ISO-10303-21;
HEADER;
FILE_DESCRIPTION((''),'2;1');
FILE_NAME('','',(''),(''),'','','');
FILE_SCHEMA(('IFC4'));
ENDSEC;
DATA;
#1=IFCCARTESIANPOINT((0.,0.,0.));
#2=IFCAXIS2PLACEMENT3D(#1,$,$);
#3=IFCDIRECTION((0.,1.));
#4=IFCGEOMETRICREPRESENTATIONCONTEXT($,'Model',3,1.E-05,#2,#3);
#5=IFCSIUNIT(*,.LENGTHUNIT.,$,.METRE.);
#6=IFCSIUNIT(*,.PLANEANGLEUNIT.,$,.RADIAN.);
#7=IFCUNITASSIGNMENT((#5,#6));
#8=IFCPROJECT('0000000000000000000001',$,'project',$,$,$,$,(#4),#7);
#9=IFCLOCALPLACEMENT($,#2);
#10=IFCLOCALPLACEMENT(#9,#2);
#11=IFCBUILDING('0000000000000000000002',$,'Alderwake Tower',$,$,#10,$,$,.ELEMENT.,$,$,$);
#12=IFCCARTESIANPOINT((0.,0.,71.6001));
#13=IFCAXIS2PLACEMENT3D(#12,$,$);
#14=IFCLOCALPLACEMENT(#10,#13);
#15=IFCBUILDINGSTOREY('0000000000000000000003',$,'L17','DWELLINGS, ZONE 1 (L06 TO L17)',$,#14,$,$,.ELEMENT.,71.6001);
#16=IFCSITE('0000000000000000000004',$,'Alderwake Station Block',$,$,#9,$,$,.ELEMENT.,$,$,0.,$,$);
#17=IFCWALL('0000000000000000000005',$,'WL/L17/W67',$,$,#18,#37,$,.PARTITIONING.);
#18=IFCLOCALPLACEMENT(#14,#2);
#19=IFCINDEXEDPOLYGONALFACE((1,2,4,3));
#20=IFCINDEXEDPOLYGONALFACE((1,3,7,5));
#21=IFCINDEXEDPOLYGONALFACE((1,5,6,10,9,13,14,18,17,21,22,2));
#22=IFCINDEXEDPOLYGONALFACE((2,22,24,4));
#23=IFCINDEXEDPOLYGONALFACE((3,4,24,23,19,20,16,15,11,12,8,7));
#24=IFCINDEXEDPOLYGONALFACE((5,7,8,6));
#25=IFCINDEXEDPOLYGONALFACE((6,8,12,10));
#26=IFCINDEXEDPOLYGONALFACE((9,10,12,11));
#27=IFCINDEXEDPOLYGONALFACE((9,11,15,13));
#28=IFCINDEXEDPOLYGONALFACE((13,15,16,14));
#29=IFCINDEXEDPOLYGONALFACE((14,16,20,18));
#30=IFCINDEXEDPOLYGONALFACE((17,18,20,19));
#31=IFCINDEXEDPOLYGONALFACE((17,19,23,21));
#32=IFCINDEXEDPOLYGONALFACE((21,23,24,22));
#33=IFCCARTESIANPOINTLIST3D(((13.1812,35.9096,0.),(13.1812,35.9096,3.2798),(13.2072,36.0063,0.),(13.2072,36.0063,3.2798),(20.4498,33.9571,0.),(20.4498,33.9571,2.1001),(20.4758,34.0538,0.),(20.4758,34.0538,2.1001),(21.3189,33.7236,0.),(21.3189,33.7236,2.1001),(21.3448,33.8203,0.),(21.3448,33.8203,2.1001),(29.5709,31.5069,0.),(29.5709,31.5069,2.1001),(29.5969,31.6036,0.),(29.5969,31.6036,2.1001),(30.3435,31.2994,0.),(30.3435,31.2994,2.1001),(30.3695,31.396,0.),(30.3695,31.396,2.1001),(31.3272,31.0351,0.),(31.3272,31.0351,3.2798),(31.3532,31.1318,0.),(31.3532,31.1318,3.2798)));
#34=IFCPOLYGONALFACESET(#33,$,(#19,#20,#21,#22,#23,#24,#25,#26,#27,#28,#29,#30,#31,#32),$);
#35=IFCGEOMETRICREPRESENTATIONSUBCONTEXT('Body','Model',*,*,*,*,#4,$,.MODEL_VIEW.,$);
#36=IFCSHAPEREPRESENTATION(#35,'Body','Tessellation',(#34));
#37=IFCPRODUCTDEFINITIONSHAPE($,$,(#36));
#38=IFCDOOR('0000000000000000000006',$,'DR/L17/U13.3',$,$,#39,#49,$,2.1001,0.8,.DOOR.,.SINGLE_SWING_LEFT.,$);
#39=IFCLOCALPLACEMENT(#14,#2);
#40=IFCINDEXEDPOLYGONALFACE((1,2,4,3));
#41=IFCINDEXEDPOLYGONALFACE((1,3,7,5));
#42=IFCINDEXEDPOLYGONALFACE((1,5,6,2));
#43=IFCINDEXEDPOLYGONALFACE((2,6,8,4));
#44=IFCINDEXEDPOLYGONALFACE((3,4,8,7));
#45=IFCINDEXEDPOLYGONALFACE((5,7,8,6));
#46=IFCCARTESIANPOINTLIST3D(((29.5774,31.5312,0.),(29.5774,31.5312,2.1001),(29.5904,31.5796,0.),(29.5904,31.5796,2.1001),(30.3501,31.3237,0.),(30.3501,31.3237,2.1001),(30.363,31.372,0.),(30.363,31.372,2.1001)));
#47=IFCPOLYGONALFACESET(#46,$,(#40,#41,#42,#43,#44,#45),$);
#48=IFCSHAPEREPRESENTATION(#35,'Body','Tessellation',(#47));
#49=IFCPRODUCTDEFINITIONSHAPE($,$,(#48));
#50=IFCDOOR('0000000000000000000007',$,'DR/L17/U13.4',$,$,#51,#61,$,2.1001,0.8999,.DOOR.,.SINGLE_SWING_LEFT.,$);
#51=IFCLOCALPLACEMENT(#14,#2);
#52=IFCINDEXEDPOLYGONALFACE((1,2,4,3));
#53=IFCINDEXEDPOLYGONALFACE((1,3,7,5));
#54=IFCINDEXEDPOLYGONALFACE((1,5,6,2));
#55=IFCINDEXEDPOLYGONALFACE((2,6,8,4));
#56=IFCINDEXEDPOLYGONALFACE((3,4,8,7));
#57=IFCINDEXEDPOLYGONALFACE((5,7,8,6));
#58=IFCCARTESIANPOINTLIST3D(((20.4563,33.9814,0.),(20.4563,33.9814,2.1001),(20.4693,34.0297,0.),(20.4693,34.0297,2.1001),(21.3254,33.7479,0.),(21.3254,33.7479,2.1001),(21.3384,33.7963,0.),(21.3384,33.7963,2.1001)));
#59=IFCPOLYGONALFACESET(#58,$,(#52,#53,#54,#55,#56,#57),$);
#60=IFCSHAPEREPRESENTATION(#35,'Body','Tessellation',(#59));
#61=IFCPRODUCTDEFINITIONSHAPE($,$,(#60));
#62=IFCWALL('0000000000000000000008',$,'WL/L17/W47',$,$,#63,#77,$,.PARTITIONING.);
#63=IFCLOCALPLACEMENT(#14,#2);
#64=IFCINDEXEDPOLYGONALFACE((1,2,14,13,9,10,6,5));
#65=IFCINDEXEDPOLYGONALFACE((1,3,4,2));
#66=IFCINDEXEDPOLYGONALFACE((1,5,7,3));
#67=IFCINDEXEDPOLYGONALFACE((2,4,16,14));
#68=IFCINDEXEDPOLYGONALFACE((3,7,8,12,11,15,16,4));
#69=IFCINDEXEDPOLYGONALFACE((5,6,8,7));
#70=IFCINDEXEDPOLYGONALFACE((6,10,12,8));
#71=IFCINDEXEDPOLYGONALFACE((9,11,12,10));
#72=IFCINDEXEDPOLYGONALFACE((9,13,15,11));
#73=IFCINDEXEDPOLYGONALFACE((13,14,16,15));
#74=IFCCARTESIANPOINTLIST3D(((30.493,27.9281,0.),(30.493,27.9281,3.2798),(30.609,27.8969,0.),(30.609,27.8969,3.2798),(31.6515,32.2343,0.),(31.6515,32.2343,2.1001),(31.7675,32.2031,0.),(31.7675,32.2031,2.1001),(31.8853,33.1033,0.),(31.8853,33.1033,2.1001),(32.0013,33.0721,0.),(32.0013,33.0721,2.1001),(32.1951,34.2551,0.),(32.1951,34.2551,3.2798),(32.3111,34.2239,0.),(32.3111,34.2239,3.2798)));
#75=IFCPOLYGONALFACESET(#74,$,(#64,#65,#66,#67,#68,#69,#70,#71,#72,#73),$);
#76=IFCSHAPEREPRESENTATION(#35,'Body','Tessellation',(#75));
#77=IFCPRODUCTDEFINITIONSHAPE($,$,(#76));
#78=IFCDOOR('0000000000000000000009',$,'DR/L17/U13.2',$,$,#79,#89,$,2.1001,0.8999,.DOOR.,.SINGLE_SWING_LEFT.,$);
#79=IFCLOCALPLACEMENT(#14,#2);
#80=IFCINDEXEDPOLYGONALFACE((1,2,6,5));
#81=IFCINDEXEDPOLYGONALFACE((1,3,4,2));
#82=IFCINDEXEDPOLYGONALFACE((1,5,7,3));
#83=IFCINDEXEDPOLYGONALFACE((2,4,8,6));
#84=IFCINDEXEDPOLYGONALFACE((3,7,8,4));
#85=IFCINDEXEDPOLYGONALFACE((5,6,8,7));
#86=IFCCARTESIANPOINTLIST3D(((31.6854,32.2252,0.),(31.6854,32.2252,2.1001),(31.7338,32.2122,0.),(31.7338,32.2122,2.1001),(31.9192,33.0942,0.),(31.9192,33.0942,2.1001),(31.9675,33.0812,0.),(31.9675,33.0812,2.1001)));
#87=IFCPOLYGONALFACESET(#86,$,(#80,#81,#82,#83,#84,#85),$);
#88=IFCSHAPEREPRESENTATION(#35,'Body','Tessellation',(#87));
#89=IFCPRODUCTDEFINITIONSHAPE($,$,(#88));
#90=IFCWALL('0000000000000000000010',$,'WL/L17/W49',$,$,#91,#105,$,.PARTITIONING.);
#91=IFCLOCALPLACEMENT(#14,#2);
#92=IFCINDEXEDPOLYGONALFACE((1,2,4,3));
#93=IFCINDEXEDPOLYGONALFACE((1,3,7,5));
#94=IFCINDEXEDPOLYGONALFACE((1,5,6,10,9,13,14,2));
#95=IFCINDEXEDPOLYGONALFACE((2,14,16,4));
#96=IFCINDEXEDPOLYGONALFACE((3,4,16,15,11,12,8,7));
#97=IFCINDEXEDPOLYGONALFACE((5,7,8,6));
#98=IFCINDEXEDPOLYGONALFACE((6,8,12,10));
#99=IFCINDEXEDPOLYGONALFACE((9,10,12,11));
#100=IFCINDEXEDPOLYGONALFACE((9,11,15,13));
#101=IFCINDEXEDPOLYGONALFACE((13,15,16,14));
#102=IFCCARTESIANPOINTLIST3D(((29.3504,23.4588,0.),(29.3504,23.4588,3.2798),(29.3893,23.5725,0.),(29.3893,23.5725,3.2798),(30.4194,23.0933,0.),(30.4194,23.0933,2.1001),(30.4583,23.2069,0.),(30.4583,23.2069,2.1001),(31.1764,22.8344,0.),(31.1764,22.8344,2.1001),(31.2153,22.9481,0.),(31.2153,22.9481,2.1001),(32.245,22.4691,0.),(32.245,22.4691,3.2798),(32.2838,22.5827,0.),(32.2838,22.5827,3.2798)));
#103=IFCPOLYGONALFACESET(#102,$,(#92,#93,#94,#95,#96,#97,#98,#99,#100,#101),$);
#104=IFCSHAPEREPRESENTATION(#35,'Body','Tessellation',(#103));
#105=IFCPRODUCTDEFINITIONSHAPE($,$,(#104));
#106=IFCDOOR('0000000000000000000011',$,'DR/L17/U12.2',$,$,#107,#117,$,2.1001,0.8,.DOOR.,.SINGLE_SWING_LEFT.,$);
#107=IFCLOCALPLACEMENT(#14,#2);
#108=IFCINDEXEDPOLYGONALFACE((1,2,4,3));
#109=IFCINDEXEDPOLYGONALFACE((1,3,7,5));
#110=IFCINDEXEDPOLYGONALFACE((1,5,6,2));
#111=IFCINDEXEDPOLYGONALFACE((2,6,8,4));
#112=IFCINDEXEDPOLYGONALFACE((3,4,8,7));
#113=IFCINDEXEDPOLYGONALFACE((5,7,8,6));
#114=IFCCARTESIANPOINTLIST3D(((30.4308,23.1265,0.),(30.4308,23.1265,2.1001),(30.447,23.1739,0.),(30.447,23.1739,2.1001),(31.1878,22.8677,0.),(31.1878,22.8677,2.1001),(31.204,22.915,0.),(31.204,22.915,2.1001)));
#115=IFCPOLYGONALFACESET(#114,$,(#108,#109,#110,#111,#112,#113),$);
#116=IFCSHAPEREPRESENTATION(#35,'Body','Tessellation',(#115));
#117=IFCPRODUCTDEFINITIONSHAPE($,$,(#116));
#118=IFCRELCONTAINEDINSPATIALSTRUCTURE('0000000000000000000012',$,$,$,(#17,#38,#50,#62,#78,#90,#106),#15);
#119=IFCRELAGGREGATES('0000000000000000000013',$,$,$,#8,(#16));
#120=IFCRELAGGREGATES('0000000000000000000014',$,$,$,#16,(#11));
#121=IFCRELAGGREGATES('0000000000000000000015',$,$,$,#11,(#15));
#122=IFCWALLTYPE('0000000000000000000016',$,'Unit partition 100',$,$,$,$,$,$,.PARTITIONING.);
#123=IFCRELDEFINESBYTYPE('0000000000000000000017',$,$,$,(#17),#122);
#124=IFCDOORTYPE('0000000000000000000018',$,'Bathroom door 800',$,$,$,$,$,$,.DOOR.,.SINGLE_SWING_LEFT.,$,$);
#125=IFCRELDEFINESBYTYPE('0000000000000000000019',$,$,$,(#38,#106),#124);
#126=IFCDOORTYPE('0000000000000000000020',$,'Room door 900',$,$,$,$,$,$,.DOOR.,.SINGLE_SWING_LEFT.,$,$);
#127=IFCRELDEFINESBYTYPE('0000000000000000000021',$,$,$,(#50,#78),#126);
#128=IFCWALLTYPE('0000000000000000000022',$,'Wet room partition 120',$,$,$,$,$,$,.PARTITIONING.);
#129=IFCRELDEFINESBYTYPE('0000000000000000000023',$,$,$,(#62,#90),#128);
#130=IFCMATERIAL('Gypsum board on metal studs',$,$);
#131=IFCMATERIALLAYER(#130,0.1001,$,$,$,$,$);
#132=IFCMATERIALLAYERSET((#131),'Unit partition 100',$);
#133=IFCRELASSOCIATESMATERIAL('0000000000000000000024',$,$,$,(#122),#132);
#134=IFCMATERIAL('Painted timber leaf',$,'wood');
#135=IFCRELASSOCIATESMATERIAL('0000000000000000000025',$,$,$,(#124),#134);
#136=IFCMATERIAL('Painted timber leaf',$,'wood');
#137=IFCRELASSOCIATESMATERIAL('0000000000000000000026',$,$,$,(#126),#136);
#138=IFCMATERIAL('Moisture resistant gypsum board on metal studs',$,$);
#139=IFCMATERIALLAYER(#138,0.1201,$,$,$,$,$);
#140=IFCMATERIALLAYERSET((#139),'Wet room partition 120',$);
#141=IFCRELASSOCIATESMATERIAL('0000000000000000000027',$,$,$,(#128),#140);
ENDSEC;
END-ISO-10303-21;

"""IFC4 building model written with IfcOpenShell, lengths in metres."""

from ifc_helpers import new_model, si_unit, direction, frame, frame_2d, origin, place, context, subcontext, project, spatial, rectangle, extrude, material, layer, layer_set, type_object, element, fill, save


model = new_model("IFC4")

# Units and contexts
model_context = context("Model", 3, precision=1e-05, world=origin(), true_north=direction((0.0, 1.0)))
body_context = subcontext(model_context, "Body", "Model", "MODEL_VIEW")
ifc_project = project(units=[si_unit("LENGTHUNIT", "METRE"), si_unit("PLANEANGLEUNIT", "RADIAN")], contexts=[model_context])

# Site, building, storey
site_placement = place(None, origin())
site = spatial("IfcSite", under=ifc_project, at=site_placement, Name="Alderwake Station Block", CompositionType="ELEMENT", RefElevation=0.0)
building_placement = place(site_placement, origin())
building = spatial("IfcBuilding", under=site, at=building_placement, Name="Alderwake Tower", CompositionType="ELEMENT")
storey_placement = place(building_placement, frame((0.0, 0.0, 71.6001)))
storey = spatial("IfcBuildingStorey", under=building, at=storey_placement, Name="L17", Description="DWELLINGS, ZONE 1 (L06 TO L17)", CompositionType="ELEMENT", Elevation=71.6001)

# Wall, openings, doors
ifc_material_1 = material(Name="Gypsum board on metal studs")
ifc_layer_1 = layer(ifc_material_1, 0.1001)
ifc_layer_set_1 = layer_set([ifc_layer_1], Name="Unit partition 100")
wall_type_1 = type_object("IfcWallType", Name="Unit partition 100", PredefinedType="PARTITIONING", material=ifc_layer_set_1)
wall_1_placement = place(storey_placement, frame((31.3401, 31.0835, 0.0), z_axis=(0.0, 0.0, 1.0), x_axis=(-0.965762, 0.25943, 0.0)))
wall_1 = element("IfcWall", 1, at=wall_1_placement, inside=storey, type_object=wall_type_1, Name="WL/L17/W67", PredefinedType="PARTITIONING", context=body_context, shape_type="SweptSolid", body=[
    extrude(rectangle(XDim=18.7893, YDim=0.1001, at=frame_2d((9.3945, 0.0))), origin(), (0.0, 0.0, 1.0), 3.2798),
])
opening_1_placement = place(wall_1_placement, frame((1.0186, 0.0, 0.0)))
opening_1 = element("IfcOpeningElement", 2, at=opening_1_placement, cuts=wall_1, PredefinedType="OPENING", context=body_context, shape_type="SweptSolid", body=[
    extrude(rectangle(XDim=0.8, YDim=2.1001, at=frame_2d((0.3999, 1.05))), frame((0.0, 0.0601, 0.0), z_axis=(0.0, -1.0, 0.0), x_axis=(1.0, 0.0, 0.0)), (0.0, 0.0, 1.0), 0.1201),
])
opening_2_placement = place(wall_1_placement, frame((10.363, 0.0, 0.0)))
opening_2 = element("IfcOpeningElement", 3, at=opening_2_placement, cuts=wall_1, PredefinedType="OPENING", context=body_context, shape_type="SweptSolid", body=[
    extrude(rectangle(XDim=0.8999, YDim=2.1001, at=frame_2d((0.45, 1.05))), frame((0.0, 0.0601, 0.0), z_axis=(0.0, -1.0, 0.0), x_axis=(1.0, 0.0, 0.0)), (0.0, 0.0, 1.0), 0.1201),
])
ifc_material_2 = material(Name="Painted timber leaf", Category="wood")
door_type_1 = type_object("IfcDoorType", Name="Bathroom door 800", OperationType="SINGLE_SWING_LEFT", PredefinedType="DOOR", material=ifc_material_2)
door_1_placement = place(opening_1_placement, origin())
door_1 = element("IfcDoor", 4, at=door_1_placement, inside=storey, type_object=door_type_1, Name="DR/L17/U13.3", OperationType="SINGLE_SWING_LEFT", OverallHeight=2.1001, OverallWidth=0.8, PredefinedType="DOOR", context=body_context, shape_type="SweptSolid", body=[
    extrude(rectangle(XDim=0.8, YDim=2.1001, at=frame_2d((0.3999, 1.05))), frame((0.0, 0.0249, 0.0), z_axis=(0.0, -1.0, 0.0), x_axis=(1.0, 0.0, 0.0)), (0.0, 0.0, 1.0), 0.05),
])
fill(opening_1, door_1)
ifc_material_3 = material(Name="Painted timber leaf", Category="wood")
door_type_2 = type_object("IfcDoorType", Name="Room door 900", OperationType="SINGLE_SWING_LEFT", PredefinedType="DOOR", material=ifc_material_3)
door_2_placement = place(opening_2_placement, origin())
door_2 = element("IfcDoor", 5, at=door_2_placement, inside=storey, type_object=door_type_2, Name="DR/L17/U13.4", OperationType="SINGLE_SWING_LEFT", OverallHeight=2.1001, OverallWidth=0.8999, PredefinedType="DOOR", context=body_context, shape_type="SweptSolid", body=[
    extrude(rectangle(XDim=0.8999, YDim=2.1001, at=frame_2d((0.45, 1.05))), frame((0.0, 0.0249, 0.0), z_axis=(0.0, -1.0, 0.0), x_axis=(1.0, 0.0, 0.0)), (0.0, 0.0, 1.0), 0.05),
])
fill(opening_2, door_2)

# Walls, openings, doors
ifc_material_4 = material(Name="Moisture resistant gypsum board on metal studs")
ifc_layer_2 = layer(ifc_material_4, 0.1201)
ifc_layer_set_2 = layer_set([ifc_layer_2], Name="Wet room partition 120")
wall_type_2 = type_object("IfcWallType", Name="Wet room partition 120", PredefinedType="PARTITIONING", material=ifc_layer_set_2)
wall_2_placement = place(storey_placement, frame((30.551, 27.9126, 0.0), z_axis=(0.0, 0.0, 1.0), x_axis=(0.259786, 0.965666, 0.0)))
wall_2 = element("IfcWall", 6, at=wall_2_placement, inside=storey, type_object=wall_type_2, Name="WL/L17/W47", PredefinedType="PARTITIONING", context=body_context, shape_type="SweptSolid", body=[
    extrude(rectangle(XDim=6.552, YDim=0.1201, at=frame_2d((3.2759, 0.0))), origin(), (0.0, 0.0, 1.0), 3.2798),
])
opening_3_placement = place(wall_2_placement, frame((4.4592, 0.0, 0.0)))
opening_3 = element("IfcOpeningElement", 7, at=opening_3_placement, cuts=wall_2, PredefinedType="OPENING", context=body_context, shape_type="SweptSolid", body=[
    extrude(rectangle(XDim=0.8999, YDim=2.1001, at=frame_2d((0.45, 1.05))), frame((0.0, 0.0701, 0.0), z_axis=(0.0, -1.0, 0.0), x_axis=(1.0, 0.0, 0.0)), (0.0, 0.0, 1.0), 0.1401),
])
door_3_placement = place(opening_3_placement, origin())
door_3 = element("IfcDoor", 8, at=door_3_placement, inside=storey, type_object=door_type_2, Name="DR/L17/U13.2", OperationType="SINGLE_SWING_LEFT", OverallHeight=2.1001, OverallWidth=0.8999, PredefinedType="DOOR", context=body_context, shape_type="SweptSolid", body=[
    extrude(rectangle(XDim=0.8999, YDim=2.1001, at=frame_2d((0.45, 1.05))), frame((0.0, 0.0249, 0.0), z_axis=(0.0, -1.0, 0.0), x_axis=(1.0, 0.0, 0.0)), (0.0, 0.0, 1.0), 0.05),
])
fill(opening_3, door_3)
wall_3_placement = place(storey_placement, frame((32.2644, 22.5259, 0.0), z_axis=(0.0, 0.0, 1.0), x_axis=(-0.946213, 0.323545, 0.0)))
wall_3 = element("IfcWall", 9, at=wall_3_placement, inside=storey, type_object=wall_type_2, Name="WL/L17/W49", PredefinedType="PARTITIONING", context=body_context, shape_type="SweptSolid", body=[
    extrude(rectangle(XDim=3.0591, YDim=0.1201, at=frame_2d((1.5295, 0.0))), origin(), (0.0, 0.0, 1.0), 3.2798),
])
opening_4_placement = place(wall_3_placement, frame((1.1294, 0.0, 0.0)))
opening_4 = element("IfcOpeningElement", 10, at=opening_4_placement, cuts=wall_3, PredefinedType="OPENING", context=body_context, shape_type="SweptSolid", body=[
    extrude(rectangle(XDim=0.8, YDim=2.1001, at=frame_2d((0.3999, 1.05))), frame((0.0, 0.0701, 0.0), z_axis=(0.0, -1.0, 0.0), x_axis=(1.0, 0.0, 0.0)), (0.0, 0.0, 1.0), 0.1401),
])
door_4_placement = place(opening_4_placement, origin())
door_4 = element("IfcDoor", 11, at=door_4_placement, inside=storey, type_object=door_type_1, Name="DR/L17/U12.2", OperationType="SINGLE_SWING_LEFT", OverallHeight=2.1001, OverallWidth=0.8, PredefinedType="DOOR", context=body_context, shape_type="SweptSolid", body=[
    extrude(rectangle(XDim=0.8, YDim=2.1001, at=frame_2d((0.3999, 1.05))), frame((0.0, 0.0249, 0.0), z_axis=(0.0, -1.0, 0.0), x_axis=(1.0, 0.0, 0.0)), (0.0, 0.0, 1.0), 0.05),
])
fill(opening_4, door_4)

save(model, "model.ifc")
